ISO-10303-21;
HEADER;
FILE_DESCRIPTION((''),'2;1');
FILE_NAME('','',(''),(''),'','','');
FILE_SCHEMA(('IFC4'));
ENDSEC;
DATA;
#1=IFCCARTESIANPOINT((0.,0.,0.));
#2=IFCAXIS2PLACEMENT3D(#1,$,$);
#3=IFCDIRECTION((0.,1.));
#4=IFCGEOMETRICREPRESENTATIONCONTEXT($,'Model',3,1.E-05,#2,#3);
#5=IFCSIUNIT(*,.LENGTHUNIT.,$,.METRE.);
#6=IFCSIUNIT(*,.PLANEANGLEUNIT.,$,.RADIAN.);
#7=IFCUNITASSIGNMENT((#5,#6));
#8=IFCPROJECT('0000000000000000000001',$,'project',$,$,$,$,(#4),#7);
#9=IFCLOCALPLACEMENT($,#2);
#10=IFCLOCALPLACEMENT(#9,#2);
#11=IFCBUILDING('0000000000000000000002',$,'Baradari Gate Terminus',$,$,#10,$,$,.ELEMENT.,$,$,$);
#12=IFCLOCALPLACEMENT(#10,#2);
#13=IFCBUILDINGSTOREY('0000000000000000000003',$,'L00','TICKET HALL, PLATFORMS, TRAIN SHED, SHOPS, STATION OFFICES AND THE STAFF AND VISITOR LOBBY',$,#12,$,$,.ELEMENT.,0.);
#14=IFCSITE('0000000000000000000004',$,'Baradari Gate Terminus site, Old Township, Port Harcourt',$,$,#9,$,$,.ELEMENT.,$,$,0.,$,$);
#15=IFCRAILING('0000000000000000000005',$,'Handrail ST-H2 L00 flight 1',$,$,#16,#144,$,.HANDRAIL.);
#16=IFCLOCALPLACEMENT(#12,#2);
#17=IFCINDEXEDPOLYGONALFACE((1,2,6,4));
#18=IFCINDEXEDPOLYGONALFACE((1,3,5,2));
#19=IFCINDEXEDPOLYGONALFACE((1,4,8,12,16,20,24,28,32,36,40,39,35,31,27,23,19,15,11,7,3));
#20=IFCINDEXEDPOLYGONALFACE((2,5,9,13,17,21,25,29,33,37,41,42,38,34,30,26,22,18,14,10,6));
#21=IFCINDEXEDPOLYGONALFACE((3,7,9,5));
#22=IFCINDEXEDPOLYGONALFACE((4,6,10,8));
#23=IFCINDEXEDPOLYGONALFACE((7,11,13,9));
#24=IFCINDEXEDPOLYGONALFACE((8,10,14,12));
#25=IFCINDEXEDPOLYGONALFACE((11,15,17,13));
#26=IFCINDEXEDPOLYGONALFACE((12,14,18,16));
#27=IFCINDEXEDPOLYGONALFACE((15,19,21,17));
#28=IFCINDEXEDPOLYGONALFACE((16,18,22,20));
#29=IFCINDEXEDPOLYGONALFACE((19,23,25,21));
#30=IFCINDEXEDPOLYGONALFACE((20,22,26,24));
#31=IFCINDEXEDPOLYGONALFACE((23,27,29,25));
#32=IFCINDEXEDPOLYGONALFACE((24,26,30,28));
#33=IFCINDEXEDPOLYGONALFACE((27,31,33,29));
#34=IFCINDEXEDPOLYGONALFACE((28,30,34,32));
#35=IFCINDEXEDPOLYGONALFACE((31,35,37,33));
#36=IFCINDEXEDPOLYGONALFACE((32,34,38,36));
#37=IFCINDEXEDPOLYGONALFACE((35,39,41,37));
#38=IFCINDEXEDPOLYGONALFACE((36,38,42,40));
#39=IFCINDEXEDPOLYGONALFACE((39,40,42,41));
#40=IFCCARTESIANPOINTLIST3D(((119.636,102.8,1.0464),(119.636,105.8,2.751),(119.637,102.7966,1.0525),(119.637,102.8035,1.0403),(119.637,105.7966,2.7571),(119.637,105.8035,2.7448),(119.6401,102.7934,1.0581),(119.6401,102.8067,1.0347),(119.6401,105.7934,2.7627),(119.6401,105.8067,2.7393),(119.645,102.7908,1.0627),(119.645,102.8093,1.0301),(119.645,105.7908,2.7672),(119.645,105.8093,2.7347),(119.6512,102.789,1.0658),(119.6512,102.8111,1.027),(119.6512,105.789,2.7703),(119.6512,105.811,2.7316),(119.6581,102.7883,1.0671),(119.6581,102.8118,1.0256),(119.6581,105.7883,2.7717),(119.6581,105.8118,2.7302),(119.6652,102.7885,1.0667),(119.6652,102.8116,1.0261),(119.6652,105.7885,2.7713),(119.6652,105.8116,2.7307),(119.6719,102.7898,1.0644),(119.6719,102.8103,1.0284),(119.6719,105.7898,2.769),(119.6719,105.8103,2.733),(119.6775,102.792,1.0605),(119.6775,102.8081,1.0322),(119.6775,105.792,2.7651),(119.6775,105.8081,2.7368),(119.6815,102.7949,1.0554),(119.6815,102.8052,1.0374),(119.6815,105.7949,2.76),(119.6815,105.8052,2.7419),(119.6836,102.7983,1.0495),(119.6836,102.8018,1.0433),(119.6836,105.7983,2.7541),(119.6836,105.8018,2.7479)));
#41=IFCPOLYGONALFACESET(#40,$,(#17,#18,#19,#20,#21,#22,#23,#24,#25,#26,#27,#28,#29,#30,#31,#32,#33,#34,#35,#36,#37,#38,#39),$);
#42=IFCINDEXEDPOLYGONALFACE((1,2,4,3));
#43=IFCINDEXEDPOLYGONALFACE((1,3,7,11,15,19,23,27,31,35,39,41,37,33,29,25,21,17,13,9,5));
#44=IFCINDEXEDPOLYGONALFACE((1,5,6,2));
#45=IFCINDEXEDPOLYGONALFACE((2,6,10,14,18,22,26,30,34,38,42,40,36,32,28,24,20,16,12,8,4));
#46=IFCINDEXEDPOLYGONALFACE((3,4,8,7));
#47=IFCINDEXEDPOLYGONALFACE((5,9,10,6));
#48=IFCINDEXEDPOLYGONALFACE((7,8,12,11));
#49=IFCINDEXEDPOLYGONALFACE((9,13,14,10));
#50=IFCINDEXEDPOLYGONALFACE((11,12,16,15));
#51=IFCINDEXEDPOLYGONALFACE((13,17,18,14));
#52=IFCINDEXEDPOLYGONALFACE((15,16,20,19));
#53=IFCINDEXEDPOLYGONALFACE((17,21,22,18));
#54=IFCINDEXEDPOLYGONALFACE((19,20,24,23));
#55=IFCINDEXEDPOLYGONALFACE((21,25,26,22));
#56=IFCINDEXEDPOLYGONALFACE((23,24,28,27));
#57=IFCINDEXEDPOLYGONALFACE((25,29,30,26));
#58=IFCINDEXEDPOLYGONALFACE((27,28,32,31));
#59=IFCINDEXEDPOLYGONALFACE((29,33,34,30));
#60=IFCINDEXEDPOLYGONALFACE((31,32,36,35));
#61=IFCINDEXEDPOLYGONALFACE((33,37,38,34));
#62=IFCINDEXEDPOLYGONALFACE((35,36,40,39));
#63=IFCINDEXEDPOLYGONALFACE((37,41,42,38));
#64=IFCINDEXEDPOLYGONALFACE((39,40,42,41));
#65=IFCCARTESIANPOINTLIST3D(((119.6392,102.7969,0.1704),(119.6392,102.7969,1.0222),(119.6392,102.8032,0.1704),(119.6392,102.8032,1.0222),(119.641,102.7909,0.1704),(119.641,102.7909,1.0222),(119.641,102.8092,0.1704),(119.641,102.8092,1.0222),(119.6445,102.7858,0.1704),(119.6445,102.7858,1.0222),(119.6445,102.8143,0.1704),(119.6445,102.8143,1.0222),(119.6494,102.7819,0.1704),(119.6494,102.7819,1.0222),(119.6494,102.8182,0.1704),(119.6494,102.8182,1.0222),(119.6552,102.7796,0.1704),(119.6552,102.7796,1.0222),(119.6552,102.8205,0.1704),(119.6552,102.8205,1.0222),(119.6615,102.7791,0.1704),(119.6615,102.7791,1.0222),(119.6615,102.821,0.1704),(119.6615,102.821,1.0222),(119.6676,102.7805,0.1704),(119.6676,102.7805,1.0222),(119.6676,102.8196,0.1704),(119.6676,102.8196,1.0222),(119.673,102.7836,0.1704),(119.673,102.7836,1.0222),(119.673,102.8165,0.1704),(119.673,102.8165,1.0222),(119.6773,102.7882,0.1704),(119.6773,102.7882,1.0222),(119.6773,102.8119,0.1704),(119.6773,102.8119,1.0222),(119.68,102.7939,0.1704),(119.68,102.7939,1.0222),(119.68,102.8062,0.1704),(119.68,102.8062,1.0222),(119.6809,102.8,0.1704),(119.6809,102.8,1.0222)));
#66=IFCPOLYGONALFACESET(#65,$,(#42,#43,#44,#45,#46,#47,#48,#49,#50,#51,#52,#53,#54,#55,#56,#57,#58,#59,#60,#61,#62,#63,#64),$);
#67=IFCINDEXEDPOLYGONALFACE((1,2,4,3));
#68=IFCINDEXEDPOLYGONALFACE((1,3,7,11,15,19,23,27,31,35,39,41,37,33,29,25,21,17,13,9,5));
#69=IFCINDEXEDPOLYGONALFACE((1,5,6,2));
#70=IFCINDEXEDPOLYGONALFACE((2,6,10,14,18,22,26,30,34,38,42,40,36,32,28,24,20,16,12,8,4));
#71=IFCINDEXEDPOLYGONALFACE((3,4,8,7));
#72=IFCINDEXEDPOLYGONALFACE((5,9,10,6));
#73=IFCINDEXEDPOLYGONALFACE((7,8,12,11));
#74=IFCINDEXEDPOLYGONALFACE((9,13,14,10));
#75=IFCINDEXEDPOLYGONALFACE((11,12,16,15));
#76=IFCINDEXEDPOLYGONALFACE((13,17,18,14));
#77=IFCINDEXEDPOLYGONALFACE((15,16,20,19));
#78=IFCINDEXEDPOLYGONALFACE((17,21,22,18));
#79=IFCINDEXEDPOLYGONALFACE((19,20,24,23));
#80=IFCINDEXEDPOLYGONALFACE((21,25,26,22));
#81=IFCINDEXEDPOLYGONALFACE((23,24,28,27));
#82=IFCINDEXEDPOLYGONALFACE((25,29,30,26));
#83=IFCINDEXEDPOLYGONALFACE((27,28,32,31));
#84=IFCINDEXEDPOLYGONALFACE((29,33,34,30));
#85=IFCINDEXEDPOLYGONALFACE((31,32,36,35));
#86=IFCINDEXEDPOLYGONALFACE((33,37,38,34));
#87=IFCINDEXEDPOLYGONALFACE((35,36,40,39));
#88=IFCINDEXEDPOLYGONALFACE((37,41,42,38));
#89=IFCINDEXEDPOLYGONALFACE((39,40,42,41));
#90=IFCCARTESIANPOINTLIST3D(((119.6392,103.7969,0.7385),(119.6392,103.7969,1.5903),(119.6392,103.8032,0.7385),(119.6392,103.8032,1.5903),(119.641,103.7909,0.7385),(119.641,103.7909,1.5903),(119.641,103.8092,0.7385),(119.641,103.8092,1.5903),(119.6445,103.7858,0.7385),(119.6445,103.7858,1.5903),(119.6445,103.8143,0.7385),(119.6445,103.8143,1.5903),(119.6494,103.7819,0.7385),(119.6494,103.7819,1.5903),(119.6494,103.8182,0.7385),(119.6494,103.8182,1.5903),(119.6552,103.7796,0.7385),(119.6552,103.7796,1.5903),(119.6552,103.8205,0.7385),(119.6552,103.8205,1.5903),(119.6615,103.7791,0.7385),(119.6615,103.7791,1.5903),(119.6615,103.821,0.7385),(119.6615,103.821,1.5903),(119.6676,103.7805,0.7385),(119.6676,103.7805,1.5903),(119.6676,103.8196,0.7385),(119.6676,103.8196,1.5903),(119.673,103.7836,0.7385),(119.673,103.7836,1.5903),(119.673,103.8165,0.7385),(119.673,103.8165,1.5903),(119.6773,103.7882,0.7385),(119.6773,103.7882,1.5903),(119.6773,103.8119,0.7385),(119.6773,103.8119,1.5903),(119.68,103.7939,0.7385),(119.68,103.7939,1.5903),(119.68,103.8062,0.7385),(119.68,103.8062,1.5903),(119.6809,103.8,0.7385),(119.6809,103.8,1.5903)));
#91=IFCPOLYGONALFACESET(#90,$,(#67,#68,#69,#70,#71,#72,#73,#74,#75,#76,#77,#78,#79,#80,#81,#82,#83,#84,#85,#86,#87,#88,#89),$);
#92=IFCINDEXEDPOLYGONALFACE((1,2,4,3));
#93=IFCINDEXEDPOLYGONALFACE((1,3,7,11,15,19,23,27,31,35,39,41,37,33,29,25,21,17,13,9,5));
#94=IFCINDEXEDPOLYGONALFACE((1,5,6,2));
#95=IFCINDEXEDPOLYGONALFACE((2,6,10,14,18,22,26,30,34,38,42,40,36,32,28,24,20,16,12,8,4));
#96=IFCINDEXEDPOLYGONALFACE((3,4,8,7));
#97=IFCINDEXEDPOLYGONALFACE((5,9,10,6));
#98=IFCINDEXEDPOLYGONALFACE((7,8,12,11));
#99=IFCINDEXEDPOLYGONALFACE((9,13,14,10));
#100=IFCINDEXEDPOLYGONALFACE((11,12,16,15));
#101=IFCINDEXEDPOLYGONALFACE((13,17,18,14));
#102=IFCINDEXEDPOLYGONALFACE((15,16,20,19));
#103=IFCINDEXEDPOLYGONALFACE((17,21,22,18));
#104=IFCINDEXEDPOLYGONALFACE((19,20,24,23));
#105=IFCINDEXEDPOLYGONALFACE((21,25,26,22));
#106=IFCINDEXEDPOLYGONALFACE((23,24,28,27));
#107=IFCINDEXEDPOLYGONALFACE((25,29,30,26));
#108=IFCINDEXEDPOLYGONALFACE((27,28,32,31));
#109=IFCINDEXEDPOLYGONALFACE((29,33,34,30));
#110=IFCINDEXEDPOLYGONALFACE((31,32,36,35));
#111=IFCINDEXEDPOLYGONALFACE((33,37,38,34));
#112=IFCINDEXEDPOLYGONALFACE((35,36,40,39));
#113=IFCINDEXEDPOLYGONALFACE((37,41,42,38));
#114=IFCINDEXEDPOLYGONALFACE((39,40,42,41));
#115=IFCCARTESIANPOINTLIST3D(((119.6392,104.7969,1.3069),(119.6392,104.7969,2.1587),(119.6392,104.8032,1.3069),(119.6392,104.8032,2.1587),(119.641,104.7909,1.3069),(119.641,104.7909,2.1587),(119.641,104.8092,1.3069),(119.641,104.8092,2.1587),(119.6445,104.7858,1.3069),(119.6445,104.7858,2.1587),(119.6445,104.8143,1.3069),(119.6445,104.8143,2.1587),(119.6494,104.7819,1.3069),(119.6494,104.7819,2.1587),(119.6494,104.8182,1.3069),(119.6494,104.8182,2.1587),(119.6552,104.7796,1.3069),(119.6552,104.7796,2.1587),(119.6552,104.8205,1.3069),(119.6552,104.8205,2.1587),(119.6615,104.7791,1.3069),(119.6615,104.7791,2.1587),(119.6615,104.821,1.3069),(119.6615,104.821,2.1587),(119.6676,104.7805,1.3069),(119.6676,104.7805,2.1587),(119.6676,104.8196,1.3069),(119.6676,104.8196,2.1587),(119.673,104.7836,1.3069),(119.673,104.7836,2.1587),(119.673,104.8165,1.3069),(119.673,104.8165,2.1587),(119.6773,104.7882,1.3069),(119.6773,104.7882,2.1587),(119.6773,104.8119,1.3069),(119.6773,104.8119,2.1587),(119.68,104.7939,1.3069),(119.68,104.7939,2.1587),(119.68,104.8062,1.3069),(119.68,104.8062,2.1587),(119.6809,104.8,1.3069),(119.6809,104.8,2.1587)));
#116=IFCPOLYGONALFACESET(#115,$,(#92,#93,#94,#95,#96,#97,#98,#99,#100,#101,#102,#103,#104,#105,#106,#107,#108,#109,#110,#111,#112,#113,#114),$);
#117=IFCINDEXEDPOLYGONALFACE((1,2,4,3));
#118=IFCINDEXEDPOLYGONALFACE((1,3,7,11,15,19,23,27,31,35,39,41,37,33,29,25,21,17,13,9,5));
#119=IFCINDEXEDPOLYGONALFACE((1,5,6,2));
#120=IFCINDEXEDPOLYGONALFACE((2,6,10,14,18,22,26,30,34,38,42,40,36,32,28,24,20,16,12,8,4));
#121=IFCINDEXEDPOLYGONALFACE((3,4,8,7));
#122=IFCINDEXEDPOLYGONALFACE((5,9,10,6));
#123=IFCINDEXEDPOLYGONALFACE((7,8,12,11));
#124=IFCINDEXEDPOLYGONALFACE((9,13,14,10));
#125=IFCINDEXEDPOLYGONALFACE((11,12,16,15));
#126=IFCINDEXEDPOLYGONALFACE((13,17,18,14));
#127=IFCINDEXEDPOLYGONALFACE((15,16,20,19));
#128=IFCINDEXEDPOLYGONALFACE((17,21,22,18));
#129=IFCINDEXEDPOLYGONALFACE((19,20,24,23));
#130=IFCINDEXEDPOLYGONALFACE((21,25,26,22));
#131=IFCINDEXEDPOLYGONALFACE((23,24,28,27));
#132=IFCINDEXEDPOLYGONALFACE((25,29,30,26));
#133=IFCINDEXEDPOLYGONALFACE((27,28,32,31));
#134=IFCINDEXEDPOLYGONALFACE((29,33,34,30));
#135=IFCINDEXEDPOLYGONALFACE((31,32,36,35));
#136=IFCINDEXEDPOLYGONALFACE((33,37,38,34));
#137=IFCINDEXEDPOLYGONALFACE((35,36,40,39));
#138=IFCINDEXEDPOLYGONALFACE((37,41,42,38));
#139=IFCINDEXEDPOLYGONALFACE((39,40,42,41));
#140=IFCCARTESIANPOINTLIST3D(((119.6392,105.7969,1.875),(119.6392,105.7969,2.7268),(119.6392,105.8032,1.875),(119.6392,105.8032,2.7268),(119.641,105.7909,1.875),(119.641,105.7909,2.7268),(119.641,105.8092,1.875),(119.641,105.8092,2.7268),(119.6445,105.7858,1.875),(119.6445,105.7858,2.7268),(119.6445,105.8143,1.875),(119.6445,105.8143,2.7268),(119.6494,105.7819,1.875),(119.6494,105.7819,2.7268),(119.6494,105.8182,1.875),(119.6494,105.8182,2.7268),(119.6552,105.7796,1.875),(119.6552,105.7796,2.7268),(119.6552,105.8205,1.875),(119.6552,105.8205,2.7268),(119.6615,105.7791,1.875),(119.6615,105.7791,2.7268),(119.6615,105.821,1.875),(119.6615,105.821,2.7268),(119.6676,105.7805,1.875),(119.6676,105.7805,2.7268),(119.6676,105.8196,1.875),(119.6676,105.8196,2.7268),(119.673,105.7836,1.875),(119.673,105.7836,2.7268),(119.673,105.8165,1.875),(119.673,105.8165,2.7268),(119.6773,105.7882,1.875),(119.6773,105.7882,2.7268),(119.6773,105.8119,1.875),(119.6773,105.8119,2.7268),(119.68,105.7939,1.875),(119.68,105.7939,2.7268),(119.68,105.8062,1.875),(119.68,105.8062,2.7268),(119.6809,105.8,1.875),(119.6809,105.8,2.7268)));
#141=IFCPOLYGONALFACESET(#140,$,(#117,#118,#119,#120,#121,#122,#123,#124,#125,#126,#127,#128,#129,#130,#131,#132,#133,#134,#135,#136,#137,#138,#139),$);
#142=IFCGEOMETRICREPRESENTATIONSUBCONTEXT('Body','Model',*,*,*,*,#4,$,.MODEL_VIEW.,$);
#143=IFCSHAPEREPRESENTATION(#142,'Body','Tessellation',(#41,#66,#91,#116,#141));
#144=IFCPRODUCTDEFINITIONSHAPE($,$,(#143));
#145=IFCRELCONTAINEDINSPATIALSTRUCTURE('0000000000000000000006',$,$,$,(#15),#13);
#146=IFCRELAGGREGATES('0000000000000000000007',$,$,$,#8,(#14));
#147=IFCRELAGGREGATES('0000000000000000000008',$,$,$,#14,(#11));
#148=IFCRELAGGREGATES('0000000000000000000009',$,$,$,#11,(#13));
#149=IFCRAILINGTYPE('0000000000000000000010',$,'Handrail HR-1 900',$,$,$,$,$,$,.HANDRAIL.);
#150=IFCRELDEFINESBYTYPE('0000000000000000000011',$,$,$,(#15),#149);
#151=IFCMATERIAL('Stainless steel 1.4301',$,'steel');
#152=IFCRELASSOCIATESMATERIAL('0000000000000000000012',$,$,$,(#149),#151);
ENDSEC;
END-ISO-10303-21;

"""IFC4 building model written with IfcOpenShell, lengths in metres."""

from ifc_helpers import new_model, si_unit, direction, frame, origin, origin_2d, place, context, subcontext, project, spatial, circle, extrude, material, type_object, element, save


model = new_model("IFC4")

# Units and contexts
model_context = context("Model", 3, precision=1e-05, world=origin(), true_north=direction((0.0, 1.0)))
body_context = subcontext(model_context, "Body", "Model", "MODEL_VIEW")
ifc_project = project(units=[si_unit("LENGTHUNIT", "METRE"), si_unit("PLANEANGLEUNIT", "RADIAN")], contexts=[model_context])

# Site, building, storey
site_placement = place(None, origin())
site = spatial("IfcSite", under=ifc_project, at=site_placement, Name="Baradari Gate Terminus site, Old Township, Port Harcourt", CompositionType="ELEMENT", RefElevation=0.0)
building_placement = place(site_placement, origin())
building = spatial("IfcBuilding", under=site, at=building_placement, Name="Baradari Gate Terminus", CompositionType="ELEMENT")
storey_placement = place(building_placement, origin())
storey = spatial("IfcBuildingStorey", under=building, at=storey_placement, Name="L00", Description="TICKET HALL, PLATFORMS, TRAIN SHED, SHOPS, STATION OFFICES AND THE STAFF AND VISITOR LOBBY", CompositionType="ELEMENT", Elevation=0.0)

# Railing
ifc_material_1 = material(Name="Stainless steel 1.4301", Category="steel")
railing_type_1 = type_object("IfcRailingType", Name="Handrail HR-1 900", PredefinedType="HANDRAIL", material=ifc_material_1)
for number, where, name in (
    (1, (119.6599, 102.8, 0.1704), "Handrail ST-H2 L00 flight 1"),
):
    element("IfcRailing", number, at=place(storey_placement, frame(where)), inside=storey, type_object=railing_type_1, Name=name, PredefinedType="HANDRAIL", context=body_context, shape_type="SweptSolid", body=[
        extrude(circle(Radius=0.0239, at=origin_2d()), frame((0.0, 0.0, 0.876), z_axis=(0.0, 0.869451, 0.494019), x_axis=(-1.0, 0.0, 0.0)), (0.0, 0.0, 1.0), 3.4504),
        extrude(circle(Radius=0.021, at=origin_2d()), origin(), (0.0, 0.0, 1.0), 0.8518),
        extrude(circle(Radius=0.021, at=origin_2d()), frame((0.0, 1.0, 0.5681)), (0.0, 0.0, 1.0), 0.8518),
        extrude(circle(Radius=0.021, at=origin_2d()), frame((0.0, 2.0, 1.1365)), (0.0, 0.0, 1.0), 0.8518),
        extrude(circle(Radius=0.021, at=origin_2d()), frame((0.0, 3.0, 1.7046)), (0.0, 0.0, 1.0), 0.8518),
    ])

save(model, "model.ifc")
